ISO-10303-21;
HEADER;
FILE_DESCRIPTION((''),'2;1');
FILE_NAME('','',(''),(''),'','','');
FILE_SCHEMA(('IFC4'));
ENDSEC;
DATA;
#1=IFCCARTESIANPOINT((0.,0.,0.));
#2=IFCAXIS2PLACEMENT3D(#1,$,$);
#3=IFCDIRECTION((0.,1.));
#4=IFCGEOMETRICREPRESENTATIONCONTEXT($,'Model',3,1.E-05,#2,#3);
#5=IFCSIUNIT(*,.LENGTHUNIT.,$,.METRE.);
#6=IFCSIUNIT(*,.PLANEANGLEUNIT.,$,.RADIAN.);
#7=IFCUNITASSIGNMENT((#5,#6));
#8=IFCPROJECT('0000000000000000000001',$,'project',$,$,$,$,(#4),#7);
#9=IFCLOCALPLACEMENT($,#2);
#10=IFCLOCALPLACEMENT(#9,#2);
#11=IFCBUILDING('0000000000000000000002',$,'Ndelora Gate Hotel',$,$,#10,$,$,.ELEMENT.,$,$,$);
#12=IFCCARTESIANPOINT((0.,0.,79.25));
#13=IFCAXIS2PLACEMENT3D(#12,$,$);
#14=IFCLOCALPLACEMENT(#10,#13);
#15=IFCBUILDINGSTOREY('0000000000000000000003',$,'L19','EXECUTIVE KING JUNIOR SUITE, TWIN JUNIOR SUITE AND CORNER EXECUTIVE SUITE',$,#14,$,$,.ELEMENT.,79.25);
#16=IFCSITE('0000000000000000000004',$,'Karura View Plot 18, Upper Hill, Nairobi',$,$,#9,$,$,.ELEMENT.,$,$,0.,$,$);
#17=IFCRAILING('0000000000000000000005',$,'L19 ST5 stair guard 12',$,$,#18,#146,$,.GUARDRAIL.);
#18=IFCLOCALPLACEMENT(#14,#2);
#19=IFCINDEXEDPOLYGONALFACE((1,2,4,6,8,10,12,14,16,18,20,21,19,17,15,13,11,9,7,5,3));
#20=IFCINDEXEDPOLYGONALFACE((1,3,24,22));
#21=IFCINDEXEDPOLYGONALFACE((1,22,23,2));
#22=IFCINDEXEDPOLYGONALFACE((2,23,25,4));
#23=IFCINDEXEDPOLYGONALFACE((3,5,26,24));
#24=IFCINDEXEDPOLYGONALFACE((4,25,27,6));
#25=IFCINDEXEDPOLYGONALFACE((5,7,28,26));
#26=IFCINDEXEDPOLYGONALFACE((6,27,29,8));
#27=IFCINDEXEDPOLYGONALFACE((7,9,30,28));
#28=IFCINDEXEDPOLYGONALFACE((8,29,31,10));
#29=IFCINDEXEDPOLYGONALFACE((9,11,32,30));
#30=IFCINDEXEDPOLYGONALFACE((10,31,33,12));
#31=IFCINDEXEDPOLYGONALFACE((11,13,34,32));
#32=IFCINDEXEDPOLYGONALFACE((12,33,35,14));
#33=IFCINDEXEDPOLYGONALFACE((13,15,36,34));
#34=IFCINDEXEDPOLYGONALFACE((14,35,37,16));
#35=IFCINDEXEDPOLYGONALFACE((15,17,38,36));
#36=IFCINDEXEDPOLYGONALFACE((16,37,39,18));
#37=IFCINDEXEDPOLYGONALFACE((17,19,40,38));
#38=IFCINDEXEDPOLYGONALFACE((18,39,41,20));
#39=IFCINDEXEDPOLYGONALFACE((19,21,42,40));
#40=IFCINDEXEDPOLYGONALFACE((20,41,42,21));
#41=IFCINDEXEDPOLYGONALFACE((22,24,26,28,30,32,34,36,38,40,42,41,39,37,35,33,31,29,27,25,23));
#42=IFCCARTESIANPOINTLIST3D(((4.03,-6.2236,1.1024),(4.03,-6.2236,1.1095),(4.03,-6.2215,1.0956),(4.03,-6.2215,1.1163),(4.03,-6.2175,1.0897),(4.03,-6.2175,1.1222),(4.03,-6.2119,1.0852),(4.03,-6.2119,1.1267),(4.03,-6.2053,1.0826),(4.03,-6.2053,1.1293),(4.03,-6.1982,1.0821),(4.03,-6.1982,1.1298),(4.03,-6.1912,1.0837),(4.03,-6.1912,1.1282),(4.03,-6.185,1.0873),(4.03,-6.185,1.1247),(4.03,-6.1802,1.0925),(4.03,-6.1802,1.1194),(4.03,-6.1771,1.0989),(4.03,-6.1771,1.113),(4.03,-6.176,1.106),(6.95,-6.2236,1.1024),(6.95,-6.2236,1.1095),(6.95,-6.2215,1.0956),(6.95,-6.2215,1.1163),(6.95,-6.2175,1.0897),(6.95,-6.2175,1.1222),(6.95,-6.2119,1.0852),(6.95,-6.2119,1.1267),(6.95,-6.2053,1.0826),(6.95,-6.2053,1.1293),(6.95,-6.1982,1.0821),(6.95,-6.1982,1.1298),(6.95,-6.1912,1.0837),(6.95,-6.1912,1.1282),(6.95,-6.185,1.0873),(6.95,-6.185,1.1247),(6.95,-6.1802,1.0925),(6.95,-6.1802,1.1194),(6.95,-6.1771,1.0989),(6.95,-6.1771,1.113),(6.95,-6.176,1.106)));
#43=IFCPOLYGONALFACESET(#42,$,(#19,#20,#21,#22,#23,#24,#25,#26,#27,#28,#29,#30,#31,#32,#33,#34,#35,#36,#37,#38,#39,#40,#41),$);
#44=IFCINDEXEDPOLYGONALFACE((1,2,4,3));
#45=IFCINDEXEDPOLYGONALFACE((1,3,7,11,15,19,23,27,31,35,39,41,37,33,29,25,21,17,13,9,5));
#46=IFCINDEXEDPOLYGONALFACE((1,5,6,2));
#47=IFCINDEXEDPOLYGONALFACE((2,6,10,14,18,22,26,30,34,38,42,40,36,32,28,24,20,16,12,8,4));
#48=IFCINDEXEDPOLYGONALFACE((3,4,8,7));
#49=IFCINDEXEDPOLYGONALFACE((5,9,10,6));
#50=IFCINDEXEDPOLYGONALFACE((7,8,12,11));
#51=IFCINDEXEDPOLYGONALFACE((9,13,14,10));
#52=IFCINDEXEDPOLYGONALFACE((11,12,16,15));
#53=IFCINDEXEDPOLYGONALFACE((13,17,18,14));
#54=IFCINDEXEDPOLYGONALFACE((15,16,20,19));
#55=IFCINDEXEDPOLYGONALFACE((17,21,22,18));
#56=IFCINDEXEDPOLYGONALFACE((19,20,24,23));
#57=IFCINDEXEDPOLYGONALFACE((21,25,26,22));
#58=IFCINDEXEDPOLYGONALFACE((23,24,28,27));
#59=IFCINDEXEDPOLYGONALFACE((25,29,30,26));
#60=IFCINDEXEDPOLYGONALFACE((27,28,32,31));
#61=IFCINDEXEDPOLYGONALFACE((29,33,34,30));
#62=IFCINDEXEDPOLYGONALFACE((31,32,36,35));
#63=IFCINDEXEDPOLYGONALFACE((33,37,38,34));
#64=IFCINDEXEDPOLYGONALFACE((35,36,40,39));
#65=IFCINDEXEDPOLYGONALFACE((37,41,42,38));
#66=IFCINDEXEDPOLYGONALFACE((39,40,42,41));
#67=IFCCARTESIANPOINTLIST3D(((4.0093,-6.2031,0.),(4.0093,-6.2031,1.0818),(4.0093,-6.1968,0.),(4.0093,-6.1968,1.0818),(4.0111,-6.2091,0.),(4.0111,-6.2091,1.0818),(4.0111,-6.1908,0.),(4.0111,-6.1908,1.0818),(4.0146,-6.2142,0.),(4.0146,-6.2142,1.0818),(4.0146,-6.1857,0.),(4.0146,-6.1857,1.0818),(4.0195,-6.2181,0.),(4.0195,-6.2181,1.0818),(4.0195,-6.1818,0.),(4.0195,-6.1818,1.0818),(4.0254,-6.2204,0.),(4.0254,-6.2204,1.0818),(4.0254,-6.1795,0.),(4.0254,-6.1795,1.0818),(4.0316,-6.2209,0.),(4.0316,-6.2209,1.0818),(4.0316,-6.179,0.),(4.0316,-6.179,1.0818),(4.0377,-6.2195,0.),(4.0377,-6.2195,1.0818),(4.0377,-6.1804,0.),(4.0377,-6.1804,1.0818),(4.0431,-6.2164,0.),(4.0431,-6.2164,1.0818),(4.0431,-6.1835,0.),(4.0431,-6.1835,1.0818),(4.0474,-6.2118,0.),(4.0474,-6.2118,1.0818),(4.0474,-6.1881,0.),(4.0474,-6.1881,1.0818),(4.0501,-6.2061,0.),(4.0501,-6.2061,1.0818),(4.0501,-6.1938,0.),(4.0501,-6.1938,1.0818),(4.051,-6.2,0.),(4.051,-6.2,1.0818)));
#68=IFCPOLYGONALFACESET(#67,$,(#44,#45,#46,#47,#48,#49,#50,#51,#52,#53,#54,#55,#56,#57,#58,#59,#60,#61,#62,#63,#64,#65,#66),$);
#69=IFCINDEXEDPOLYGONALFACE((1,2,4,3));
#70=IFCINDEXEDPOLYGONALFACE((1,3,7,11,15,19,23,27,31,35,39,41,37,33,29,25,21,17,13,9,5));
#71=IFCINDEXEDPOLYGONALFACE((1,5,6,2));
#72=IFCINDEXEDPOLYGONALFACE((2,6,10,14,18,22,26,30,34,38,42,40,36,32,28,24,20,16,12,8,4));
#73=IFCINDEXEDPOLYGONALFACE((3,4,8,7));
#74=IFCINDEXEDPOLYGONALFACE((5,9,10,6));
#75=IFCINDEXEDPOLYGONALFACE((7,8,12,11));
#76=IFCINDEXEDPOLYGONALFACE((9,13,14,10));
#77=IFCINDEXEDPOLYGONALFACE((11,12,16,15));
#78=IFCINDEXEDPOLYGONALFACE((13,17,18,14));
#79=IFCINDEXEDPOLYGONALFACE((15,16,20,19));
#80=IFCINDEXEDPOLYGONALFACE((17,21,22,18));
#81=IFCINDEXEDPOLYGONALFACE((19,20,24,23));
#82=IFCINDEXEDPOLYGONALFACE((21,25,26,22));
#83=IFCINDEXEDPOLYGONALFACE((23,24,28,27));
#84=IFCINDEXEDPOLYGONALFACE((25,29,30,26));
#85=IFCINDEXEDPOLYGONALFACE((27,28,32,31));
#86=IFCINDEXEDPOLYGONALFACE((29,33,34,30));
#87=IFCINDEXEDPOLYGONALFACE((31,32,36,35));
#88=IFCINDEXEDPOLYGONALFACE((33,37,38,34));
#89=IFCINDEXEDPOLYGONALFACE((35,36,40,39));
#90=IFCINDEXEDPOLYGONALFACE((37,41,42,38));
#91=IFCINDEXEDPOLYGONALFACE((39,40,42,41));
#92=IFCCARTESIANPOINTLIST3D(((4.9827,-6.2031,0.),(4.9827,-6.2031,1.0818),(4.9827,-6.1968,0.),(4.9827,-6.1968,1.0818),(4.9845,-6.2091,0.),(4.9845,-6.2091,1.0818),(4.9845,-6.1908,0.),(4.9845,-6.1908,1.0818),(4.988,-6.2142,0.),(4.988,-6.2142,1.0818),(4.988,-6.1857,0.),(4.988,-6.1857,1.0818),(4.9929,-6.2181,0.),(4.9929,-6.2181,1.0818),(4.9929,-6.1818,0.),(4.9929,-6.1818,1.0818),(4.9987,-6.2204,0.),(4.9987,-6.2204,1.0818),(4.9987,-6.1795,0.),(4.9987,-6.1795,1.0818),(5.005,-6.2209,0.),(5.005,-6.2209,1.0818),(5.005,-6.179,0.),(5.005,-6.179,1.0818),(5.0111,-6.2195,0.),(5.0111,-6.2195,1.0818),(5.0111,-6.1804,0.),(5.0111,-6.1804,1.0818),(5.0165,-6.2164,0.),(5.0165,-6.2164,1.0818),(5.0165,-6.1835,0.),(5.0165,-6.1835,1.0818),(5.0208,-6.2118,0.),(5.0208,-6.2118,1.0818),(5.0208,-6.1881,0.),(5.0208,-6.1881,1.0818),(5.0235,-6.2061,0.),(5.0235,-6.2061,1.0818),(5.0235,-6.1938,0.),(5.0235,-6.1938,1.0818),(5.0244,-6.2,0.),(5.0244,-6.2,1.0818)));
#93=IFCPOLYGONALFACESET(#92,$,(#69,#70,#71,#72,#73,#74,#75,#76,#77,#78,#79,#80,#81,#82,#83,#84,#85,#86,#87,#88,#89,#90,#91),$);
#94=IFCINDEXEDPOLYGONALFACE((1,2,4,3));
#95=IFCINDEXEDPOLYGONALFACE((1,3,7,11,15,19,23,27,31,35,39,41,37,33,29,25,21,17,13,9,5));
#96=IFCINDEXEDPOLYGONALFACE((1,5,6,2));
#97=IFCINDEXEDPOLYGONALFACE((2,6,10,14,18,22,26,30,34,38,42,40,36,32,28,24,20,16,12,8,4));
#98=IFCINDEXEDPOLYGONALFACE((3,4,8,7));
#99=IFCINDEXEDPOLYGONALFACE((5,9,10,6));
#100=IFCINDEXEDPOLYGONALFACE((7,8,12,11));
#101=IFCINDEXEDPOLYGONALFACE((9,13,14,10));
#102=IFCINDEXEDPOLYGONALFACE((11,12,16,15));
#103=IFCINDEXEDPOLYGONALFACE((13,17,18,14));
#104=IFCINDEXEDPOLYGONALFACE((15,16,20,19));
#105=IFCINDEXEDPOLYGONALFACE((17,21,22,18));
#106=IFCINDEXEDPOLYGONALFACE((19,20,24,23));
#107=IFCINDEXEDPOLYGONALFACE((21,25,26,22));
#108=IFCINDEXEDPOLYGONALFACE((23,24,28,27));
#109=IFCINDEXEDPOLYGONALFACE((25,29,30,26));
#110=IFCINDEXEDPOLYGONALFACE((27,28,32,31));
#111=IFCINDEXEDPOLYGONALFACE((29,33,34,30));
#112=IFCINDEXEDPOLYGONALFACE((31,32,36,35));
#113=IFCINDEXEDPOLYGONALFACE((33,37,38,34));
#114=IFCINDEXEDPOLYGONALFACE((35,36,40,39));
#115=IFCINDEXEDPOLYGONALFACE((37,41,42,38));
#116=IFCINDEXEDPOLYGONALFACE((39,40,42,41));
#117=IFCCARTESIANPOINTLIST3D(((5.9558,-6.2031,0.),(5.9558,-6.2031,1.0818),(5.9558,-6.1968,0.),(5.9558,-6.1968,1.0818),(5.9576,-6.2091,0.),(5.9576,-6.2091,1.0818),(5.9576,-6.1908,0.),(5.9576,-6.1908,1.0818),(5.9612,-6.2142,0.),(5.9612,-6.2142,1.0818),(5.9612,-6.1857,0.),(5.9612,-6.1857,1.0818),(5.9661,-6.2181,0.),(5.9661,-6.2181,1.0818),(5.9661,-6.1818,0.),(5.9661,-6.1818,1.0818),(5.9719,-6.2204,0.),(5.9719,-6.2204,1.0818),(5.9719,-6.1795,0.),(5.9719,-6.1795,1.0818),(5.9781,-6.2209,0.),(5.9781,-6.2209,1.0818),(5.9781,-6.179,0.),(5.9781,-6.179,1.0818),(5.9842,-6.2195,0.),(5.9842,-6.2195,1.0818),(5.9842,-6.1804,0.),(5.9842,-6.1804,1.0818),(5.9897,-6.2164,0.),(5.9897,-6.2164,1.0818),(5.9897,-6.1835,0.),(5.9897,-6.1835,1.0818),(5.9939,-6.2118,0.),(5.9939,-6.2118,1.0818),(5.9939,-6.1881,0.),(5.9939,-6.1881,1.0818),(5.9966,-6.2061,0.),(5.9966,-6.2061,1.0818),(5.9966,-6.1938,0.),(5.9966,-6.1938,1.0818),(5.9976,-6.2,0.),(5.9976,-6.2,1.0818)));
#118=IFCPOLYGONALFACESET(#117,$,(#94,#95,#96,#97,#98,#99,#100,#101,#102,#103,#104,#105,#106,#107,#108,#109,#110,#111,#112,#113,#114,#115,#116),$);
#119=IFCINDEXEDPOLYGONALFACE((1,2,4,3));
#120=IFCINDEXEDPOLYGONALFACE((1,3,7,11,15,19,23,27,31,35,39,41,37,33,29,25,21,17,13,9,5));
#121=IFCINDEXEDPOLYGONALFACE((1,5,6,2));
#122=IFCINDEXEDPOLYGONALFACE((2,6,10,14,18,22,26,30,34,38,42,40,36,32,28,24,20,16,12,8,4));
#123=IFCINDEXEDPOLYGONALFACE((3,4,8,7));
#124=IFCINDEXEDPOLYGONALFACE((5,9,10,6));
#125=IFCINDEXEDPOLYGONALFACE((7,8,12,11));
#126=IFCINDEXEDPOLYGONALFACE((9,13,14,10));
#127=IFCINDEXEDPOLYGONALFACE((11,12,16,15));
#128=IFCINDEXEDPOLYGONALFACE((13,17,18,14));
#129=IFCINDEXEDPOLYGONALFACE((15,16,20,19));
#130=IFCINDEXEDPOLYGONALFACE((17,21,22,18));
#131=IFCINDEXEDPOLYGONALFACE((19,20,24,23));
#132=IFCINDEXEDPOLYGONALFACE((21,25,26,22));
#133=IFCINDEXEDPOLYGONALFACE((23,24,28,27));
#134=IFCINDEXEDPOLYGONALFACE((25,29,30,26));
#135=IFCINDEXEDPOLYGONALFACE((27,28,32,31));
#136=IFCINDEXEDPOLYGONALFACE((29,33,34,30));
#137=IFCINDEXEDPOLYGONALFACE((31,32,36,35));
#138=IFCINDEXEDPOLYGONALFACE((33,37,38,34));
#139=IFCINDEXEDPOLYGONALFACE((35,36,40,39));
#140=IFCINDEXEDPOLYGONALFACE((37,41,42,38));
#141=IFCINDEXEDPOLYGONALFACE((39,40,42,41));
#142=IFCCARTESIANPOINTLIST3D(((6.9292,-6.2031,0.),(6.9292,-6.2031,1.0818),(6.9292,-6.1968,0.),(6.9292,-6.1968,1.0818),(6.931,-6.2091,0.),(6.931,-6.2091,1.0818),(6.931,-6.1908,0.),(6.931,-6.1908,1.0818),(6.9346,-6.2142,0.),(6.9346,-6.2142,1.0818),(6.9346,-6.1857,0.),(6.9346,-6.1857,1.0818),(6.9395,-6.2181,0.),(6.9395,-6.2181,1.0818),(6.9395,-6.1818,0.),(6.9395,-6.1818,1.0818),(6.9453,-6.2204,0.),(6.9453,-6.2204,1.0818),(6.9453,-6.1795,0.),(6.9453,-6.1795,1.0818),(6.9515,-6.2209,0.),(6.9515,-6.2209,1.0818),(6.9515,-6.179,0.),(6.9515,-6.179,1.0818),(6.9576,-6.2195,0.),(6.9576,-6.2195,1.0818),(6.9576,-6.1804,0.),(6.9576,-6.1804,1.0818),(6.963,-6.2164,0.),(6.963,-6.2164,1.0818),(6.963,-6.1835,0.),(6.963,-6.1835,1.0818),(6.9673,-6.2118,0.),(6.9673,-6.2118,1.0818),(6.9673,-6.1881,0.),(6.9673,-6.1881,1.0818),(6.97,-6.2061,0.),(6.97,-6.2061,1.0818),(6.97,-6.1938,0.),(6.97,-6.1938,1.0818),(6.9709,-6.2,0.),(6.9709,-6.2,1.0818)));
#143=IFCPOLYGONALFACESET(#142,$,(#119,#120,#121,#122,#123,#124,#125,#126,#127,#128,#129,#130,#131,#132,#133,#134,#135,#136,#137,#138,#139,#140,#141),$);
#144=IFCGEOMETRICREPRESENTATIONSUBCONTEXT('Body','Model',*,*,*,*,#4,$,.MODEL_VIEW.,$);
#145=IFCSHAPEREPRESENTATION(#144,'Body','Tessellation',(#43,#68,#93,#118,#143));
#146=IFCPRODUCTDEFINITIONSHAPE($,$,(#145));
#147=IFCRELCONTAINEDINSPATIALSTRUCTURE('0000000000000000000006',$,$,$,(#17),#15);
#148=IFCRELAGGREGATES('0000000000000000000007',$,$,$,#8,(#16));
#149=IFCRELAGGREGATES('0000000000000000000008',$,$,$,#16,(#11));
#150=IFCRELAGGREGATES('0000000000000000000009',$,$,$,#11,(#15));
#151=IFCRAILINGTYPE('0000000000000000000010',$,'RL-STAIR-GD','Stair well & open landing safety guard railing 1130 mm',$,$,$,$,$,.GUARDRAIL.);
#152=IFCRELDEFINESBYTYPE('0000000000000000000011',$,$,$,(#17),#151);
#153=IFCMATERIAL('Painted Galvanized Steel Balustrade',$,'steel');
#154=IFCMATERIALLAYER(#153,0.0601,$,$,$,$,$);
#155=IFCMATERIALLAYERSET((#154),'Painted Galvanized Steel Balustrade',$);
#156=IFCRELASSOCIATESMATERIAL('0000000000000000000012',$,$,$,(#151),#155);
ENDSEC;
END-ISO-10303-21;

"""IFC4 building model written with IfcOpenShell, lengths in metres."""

from ifc_helpers import new_model, si_unit, direction, frame, origin, origin_2d, place, context, subcontext, project, spatial, circle, extrude, material, layer, layer_set, type_object, element, save


model = new_model("IFC4")

# Units and contexts
model_context = context("Model", 3, precision=1e-05, world=origin(), true_north=direction((0.0, 1.0)))
body_context = subcontext(model_context, "Body", "Model", "MODEL_VIEW")
ifc_project = project(units=[si_unit("LENGTHUNIT", "METRE"), si_unit("PLANEANGLEUNIT", "RADIAN")], contexts=[model_context])

# Site, building, storey
site_placement = place(None, origin())
site = spatial("IfcSite", under=ifc_project, at=site_placement, Name="Karura View Plot 18, Upper Hill, Nairobi", CompositionType="ELEMENT", RefElevation=0.0)
building_placement = place(site_placement, origin())
building = spatial("IfcBuilding", under=site, at=building_placement, Name="Ndelora Gate Hotel", CompositionType="ELEMENT")
storey_placement = place(building_placement, frame((0.0, 0.0, 79.25)))
storey = spatial("IfcBuildingStorey", under=building, at=storey_placement, Name="L19", Description="EXECUTIVE KING JUNIOR SUITE, TWIN JUNIOR SUITE AND CORNER EXECUTIVE SUITE", CompositionType="ELEMENT", Elevation=79.25)

# Railing
ifc_material_1 = material(Name="Painted Galvanized Steel Balustrade", Category="steel")
ifc_layer_1 = layer(ifc_material_1, 0.0601)
ifc_layer_set_1 = layer_set([ifc_layer_1], Name="Painted Galvanized Steel Balustrade")
railing_type = type_object("IfcRailingType", Name="RL-STAIR-GD", Description="Stair well & open landing safety guard railing 1130 mm", PredefinedType="GUARDRAIL", material=ifc_layer_set_1)
railing_1_placement = place(storey_placement, frame((4.03, -6.2, 0.0)))
element("IfcRailing", 1, at=railing_1_placement, inside=storey, type_object=railing_type, Name="L19 ST5 stair guard 12", PredefinedType="GUARDRAIL", context=body_context, shape_type="SweptSolid", body=[
    extrude(circle(Radius=0.0239, at=origin_2d()), frame((0.0, 0.0, 1.106), z_axis=(1.0, 0.0, 0.0), x_axis=(0.0, 1.0, 0.0)), (0.0, 0.0, 1.0), 2.9199),
    extrude(circle(Radius=0.021, at=origin_2d()), origin(), (0.0, 0.0, 1.0), 1.0818),
    extrude(circle(Radius=0.021, at=origin_2d()), frame((0.9734, 0.0, 0.0)), (0.0, 0.0, 1.0), 1.0818),
    extrude(circle(Radius=0.021, at=origin_2d()), frame((1.9465, 0.0, 0.0)), (0.0, 0.0, 1.0), 1.0818),
    extrude(circle(Radius=0.021, at=origin_2d()), frame((2.9199, 0.0, 0.0)), (0.0, 0.0, 1.0), 1.0818),
])

save(model, "model.ifc")
